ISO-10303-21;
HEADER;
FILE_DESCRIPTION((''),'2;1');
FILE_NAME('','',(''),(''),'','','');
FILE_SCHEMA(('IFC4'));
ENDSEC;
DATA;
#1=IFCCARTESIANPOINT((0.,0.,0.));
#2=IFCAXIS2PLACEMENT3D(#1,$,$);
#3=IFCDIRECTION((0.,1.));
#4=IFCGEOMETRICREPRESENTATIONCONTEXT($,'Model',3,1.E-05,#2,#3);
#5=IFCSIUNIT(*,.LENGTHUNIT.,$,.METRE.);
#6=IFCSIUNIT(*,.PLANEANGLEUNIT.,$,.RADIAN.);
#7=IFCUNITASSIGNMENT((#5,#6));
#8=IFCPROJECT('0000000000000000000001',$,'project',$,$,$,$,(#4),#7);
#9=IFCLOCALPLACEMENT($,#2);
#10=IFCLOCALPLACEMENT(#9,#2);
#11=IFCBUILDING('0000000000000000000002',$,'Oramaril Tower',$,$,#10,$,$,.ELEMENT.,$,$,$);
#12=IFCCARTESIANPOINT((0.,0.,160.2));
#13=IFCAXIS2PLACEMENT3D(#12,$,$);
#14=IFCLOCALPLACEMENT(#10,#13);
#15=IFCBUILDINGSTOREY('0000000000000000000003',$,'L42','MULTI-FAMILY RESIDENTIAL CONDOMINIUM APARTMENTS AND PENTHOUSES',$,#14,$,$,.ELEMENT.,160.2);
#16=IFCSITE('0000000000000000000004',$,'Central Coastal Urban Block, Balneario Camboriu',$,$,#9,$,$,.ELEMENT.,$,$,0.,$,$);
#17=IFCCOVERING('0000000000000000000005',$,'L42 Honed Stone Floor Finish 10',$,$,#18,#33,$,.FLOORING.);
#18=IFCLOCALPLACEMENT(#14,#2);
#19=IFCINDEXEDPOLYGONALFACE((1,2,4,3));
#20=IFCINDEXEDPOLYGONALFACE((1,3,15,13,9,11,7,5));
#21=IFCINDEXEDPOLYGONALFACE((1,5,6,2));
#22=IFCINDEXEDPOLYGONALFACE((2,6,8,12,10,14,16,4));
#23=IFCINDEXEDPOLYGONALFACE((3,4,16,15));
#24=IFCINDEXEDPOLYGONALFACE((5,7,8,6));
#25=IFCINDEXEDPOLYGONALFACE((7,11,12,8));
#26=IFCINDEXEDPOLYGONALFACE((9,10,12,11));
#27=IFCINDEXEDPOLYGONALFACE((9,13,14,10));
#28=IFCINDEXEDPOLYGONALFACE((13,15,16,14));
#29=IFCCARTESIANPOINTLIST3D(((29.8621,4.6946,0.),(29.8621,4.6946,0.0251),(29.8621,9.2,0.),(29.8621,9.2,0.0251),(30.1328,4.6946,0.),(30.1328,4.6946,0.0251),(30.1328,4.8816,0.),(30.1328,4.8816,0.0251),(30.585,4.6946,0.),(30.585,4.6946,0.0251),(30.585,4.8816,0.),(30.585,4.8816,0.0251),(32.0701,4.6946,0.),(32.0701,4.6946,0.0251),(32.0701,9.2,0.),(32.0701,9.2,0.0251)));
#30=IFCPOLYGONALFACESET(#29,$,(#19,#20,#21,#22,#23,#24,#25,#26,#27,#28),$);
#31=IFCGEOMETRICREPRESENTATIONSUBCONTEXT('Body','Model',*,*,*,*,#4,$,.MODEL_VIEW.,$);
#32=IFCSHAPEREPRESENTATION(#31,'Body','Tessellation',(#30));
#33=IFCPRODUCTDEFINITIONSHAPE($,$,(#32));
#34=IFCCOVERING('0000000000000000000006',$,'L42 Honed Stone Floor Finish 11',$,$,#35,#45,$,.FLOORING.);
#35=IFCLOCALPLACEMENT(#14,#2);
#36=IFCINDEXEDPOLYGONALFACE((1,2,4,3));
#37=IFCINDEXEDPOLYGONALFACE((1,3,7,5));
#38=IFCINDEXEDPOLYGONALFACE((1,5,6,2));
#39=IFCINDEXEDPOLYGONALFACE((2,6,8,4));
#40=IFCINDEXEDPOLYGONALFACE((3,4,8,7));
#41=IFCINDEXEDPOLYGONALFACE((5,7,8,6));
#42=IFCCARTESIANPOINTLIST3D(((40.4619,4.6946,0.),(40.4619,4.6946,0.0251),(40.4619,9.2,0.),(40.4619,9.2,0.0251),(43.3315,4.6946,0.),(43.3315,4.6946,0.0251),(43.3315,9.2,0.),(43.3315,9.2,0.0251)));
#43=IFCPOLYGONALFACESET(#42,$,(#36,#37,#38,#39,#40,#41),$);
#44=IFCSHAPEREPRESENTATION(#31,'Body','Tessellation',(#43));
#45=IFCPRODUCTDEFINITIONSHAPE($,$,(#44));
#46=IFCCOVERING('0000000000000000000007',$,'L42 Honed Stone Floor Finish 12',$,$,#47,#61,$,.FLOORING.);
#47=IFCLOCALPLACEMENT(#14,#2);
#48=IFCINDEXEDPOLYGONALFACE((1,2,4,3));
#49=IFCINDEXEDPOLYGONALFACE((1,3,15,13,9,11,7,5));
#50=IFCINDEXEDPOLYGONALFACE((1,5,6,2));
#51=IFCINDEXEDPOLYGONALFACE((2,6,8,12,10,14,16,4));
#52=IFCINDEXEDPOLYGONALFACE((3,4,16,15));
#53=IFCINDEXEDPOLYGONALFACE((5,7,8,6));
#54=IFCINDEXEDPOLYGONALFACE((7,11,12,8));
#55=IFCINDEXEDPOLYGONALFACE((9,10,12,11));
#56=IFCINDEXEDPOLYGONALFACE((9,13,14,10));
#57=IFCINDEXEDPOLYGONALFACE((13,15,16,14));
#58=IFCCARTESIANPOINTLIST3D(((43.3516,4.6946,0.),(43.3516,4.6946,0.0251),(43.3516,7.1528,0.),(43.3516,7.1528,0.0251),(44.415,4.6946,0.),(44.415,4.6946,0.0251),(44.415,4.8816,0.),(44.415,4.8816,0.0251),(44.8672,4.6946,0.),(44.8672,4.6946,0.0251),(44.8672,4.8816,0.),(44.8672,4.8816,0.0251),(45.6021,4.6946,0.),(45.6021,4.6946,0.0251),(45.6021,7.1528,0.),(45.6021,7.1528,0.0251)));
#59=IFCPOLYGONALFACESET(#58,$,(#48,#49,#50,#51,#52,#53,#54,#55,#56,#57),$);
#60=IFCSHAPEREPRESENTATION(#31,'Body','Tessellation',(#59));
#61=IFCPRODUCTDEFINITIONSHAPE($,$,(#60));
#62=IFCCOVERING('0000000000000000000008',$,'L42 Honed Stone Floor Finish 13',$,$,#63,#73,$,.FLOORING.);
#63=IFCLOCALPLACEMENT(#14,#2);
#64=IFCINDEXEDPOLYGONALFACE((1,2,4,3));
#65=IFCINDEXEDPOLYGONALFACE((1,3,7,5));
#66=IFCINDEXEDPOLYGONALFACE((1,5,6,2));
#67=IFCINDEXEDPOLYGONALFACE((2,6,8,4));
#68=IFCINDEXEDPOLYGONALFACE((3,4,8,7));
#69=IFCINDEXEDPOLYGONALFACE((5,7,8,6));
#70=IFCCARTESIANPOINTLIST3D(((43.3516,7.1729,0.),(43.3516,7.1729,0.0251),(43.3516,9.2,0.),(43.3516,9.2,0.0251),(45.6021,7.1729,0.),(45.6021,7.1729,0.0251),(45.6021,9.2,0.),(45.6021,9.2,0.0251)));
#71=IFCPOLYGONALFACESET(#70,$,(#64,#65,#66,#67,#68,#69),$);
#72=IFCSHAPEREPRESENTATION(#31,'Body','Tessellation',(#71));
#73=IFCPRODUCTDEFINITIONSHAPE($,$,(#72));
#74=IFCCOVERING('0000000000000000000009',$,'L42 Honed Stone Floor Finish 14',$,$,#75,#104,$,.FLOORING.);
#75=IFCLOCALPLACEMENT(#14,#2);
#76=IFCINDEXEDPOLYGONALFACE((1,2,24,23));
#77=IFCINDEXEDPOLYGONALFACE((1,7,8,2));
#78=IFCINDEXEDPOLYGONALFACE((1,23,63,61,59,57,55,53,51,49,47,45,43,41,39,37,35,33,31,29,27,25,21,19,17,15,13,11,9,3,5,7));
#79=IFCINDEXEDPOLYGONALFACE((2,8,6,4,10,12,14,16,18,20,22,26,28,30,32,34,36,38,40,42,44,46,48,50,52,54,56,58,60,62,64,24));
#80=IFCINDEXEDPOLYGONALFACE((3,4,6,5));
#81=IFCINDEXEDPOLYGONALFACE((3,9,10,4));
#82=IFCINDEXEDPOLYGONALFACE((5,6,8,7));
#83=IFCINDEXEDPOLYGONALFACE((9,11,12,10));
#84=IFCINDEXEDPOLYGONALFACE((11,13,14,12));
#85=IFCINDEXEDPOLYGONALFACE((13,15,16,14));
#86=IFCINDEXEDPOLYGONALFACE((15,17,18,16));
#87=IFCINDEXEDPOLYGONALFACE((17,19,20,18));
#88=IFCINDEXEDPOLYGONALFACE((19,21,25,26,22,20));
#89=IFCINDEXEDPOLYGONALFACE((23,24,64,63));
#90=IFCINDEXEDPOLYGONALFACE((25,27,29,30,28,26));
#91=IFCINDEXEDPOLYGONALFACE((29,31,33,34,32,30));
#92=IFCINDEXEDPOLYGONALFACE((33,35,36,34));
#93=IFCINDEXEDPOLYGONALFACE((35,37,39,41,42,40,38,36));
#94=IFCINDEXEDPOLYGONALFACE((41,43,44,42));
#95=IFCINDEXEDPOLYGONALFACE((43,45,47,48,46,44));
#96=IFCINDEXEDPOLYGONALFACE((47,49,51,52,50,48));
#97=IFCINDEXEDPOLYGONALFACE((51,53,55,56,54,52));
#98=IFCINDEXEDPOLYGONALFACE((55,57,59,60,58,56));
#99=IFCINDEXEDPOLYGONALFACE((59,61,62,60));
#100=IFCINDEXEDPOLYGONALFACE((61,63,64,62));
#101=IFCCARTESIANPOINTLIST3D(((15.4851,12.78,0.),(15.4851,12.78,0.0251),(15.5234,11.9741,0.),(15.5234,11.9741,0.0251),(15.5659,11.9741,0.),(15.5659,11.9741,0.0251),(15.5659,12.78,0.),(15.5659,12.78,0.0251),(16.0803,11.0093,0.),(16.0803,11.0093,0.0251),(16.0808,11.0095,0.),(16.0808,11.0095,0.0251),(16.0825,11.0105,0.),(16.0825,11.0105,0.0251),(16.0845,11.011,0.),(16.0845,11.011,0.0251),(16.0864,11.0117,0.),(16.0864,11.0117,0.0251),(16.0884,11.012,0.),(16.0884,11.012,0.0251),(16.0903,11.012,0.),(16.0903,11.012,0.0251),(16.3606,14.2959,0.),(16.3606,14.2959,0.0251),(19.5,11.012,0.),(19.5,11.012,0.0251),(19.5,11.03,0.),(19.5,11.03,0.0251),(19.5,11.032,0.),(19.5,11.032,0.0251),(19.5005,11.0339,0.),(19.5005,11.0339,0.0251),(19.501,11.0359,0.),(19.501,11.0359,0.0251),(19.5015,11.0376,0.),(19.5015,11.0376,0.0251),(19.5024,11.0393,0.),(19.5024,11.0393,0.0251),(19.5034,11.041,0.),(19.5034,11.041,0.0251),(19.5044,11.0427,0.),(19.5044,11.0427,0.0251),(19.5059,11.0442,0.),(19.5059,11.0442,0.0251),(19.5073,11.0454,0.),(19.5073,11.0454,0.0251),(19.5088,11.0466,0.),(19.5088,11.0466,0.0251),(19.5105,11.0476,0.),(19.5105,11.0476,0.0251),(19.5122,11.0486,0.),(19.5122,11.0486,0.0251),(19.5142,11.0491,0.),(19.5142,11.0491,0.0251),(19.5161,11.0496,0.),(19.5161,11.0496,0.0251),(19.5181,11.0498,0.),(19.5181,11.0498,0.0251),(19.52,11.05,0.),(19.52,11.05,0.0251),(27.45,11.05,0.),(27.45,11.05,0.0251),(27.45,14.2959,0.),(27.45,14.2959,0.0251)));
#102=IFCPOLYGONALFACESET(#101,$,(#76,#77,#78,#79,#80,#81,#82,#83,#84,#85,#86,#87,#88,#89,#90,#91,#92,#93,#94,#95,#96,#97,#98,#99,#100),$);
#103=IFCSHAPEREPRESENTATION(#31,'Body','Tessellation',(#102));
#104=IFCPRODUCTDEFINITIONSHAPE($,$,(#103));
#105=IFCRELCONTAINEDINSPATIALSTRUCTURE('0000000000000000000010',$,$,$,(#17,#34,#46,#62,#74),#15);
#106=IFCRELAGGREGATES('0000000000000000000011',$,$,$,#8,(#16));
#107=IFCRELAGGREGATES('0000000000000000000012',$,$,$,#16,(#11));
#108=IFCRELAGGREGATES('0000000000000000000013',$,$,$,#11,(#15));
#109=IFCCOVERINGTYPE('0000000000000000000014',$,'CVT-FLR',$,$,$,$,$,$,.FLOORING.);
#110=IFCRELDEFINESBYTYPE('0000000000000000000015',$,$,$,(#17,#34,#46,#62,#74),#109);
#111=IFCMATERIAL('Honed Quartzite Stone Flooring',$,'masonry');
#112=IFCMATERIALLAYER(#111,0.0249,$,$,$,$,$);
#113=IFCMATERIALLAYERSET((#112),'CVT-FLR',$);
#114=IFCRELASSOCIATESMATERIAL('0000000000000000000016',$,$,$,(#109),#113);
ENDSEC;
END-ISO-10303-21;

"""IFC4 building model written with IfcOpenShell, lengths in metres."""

from ifc_helpers import new_model, si_unit, direction, frame, origin, place, context, subcontext, project, spatial, polyline, outline, extrude, material, layer, layer_set, type_object, element, save


model = new_model("IFC4")

# Units and contexts
model_context = context("Model", 3, precision=1e-05, world=origin(), true_north=direction((0.0, 1.0)))
body_context = subcontext(model_context, "Body", "Model", "MODEL_VIEW")
ifc_project = project(units=[si_unit("LENGTHUNIT", "METRE"), si_unit("PLANEANGLEUNIT", "RADIAN")], contexts=[model_context])

# Site, building, storey
site_placement = place(None, origin())
site = spatial("IfcSite", under=ifc_project, at=site_placement, Name="Central Coastal Urban Block, Balneario Camboriu", CompositionType="ELEMENT", RefElevation=0.0)
building_placement = place(site_placement, origin())
building = spatial("IfcBuilding", under=site, at=building_placement, Name="Oramaril Tower", CompositionType="ELEMENT")
storey_placement = place(building_placement, frame((0.0, 0.0, 160.2)))
storey = spatial("IfcBuildingStorey", under=building, at=storey_placement, Name="L42", Description="MULTI-FAMILY RESIDENTIAL CONDOMINIUM APARTMENTS AND PENTHOUSES", CompositionType="ELEMENT", Elevation=160.2)

# Coverings
ifc_material_1 = material(Name="Honed Quartzite Stone Flooring", Category="masonry")
ifc_layer_1 = layer(ifc_material_1, 0.0249)
ifc_layer_set_1 = layer_set([ifc_layer_1], Name="CVT-FLR")
covering_type_1 = type_object("IfcCoveringType", Name="CVT-FLR", PredefinedType="FLOORING", material=ifc_layer_set_1)
covering_1_placement = place(storey_placement, origin())
element("IfcCovering", 1, at=covering_1_placement, inside=storey, type_object=covering_type_1, Name="L42 Honed Stone Floor Finish 10", PredefinedType="FLOORING", context=body_context, shape_type="SweptSolid", body=[
    extrude(outline(polyline([(30.585, 4.6946), (30.585, 4.8816), (30.1328, 4.8816), (30.1328, 4.6946), (29.8621, 4.6946), (29.8621, 9.2), (32.0701, 9.2), (32.0701, 4.6946), (30.585, 4.6946)])), origin(), (0.0, 0.0, 1.0), 0.0251),
])
covering_2_placement = place(storey_placement, origin())
element("IfcCovering", 2, at=covering_2_placement, inside=storey, type_object=covering_type_1, Name="L42 Honed Stone Floor Finish 11", PredefinedType="FLOORING", context=body_context, shape_type="SweptSolid", body=[
    extrude(outline(polyline([(43.3315, 4.6946), (40.4619, 4.6946), (40.4619, 9.2), (43.3315, 9.2), (43.3315, 4.6946)])), origin(), (0.0, 0.0, 1.0), 0.0251),
])
covering_3_placement = place(storey_placement, origin())
element("IfcCovering", 3, at=covering_3_placement, inside=storey, type_object=covering_type_1, Name="L42 Honed Stone Floor Finish 12", PredefinedType="FLOORING", context=body_context, shape_type="SweptSolid", body=[
    extrude(outline(polyline([(44.8672, 4.8816), (44.415, 4.8816), (44.415, 4.6946), (43.3516, 4.6946), (43.3516, 7.1528), (45.6021, 7.1528), (45.6021, 4.6946), (44.8672, 4.6946), (44.8672, 4.8816)])), origin(), (0.0, 0.0, 1.0), 0.0251),
])
covering_4_placement = place(storey_placement, origin())
element("IfcCovering", 4, at=covering_4_placement, inside=storey, type_object=covering_type_1, Name="L42 Honed Stone Floor Finish 13", PredefinedType="FLOORING", context=body_context, shape_type="SweptSolid", body=[
    extrude(outline(polyline([(45.6021, 7.1729), (43.3516, 7.1729), (43.3516, 9.2), (45.6021, 9.2), (45.6021, 7.1729)])), origin(), (0.0, 0.0, 1.0), 0.0251),
])
covering_5_placement = place(storey_placement, origin())
element("IfcCovering", 5, at=covering_5_placement, inside=storey, type_object=covering_type_1, Name="L42 Honed Stone Floor Finish 14", PredefinedType="FLOORING", context=body_context, shape_type="SweptSolid", body=[
    extrude(outline(polyline([(15.5234, 11.9741), (15.5659, 11.9741), (15.5659, 12.78), (15.4851, 12.78), (16.3606, 14.2959), (27.45, 14.2959), (27.45, 11.05), (19.52, 11.05), (19.5181, 11.0498), (19.5161, 11.0496), (19.5142, 11.0491), (19.5122, 11.0486), (19.5105, 11.0476), (19.5088, 11.0466), (19.5073, 11.0454), (19.5059, 11.0442), (19.5044, 11.0427), (19.5034, 11.041), (19.5024, 11.0393), (19.5015, 11.0376), (19.501, 11.0359), (19.5005, 11.0339), (19.5, 11.032), (19.5, 11.03), (19.5, 11.012), (16.0903, 11.012), (16.0884, 11.012), (16.0864, 11.0117), (16.0845, 11.011), (16.0825, 11.0105), (16.0808, 11.0095), (16.0803, 11.0093), (15.5234, 11.9741)])), origin(), (0.0, 0.0, 1.0), 0.0251),
])

save(model, "model.ifc")
